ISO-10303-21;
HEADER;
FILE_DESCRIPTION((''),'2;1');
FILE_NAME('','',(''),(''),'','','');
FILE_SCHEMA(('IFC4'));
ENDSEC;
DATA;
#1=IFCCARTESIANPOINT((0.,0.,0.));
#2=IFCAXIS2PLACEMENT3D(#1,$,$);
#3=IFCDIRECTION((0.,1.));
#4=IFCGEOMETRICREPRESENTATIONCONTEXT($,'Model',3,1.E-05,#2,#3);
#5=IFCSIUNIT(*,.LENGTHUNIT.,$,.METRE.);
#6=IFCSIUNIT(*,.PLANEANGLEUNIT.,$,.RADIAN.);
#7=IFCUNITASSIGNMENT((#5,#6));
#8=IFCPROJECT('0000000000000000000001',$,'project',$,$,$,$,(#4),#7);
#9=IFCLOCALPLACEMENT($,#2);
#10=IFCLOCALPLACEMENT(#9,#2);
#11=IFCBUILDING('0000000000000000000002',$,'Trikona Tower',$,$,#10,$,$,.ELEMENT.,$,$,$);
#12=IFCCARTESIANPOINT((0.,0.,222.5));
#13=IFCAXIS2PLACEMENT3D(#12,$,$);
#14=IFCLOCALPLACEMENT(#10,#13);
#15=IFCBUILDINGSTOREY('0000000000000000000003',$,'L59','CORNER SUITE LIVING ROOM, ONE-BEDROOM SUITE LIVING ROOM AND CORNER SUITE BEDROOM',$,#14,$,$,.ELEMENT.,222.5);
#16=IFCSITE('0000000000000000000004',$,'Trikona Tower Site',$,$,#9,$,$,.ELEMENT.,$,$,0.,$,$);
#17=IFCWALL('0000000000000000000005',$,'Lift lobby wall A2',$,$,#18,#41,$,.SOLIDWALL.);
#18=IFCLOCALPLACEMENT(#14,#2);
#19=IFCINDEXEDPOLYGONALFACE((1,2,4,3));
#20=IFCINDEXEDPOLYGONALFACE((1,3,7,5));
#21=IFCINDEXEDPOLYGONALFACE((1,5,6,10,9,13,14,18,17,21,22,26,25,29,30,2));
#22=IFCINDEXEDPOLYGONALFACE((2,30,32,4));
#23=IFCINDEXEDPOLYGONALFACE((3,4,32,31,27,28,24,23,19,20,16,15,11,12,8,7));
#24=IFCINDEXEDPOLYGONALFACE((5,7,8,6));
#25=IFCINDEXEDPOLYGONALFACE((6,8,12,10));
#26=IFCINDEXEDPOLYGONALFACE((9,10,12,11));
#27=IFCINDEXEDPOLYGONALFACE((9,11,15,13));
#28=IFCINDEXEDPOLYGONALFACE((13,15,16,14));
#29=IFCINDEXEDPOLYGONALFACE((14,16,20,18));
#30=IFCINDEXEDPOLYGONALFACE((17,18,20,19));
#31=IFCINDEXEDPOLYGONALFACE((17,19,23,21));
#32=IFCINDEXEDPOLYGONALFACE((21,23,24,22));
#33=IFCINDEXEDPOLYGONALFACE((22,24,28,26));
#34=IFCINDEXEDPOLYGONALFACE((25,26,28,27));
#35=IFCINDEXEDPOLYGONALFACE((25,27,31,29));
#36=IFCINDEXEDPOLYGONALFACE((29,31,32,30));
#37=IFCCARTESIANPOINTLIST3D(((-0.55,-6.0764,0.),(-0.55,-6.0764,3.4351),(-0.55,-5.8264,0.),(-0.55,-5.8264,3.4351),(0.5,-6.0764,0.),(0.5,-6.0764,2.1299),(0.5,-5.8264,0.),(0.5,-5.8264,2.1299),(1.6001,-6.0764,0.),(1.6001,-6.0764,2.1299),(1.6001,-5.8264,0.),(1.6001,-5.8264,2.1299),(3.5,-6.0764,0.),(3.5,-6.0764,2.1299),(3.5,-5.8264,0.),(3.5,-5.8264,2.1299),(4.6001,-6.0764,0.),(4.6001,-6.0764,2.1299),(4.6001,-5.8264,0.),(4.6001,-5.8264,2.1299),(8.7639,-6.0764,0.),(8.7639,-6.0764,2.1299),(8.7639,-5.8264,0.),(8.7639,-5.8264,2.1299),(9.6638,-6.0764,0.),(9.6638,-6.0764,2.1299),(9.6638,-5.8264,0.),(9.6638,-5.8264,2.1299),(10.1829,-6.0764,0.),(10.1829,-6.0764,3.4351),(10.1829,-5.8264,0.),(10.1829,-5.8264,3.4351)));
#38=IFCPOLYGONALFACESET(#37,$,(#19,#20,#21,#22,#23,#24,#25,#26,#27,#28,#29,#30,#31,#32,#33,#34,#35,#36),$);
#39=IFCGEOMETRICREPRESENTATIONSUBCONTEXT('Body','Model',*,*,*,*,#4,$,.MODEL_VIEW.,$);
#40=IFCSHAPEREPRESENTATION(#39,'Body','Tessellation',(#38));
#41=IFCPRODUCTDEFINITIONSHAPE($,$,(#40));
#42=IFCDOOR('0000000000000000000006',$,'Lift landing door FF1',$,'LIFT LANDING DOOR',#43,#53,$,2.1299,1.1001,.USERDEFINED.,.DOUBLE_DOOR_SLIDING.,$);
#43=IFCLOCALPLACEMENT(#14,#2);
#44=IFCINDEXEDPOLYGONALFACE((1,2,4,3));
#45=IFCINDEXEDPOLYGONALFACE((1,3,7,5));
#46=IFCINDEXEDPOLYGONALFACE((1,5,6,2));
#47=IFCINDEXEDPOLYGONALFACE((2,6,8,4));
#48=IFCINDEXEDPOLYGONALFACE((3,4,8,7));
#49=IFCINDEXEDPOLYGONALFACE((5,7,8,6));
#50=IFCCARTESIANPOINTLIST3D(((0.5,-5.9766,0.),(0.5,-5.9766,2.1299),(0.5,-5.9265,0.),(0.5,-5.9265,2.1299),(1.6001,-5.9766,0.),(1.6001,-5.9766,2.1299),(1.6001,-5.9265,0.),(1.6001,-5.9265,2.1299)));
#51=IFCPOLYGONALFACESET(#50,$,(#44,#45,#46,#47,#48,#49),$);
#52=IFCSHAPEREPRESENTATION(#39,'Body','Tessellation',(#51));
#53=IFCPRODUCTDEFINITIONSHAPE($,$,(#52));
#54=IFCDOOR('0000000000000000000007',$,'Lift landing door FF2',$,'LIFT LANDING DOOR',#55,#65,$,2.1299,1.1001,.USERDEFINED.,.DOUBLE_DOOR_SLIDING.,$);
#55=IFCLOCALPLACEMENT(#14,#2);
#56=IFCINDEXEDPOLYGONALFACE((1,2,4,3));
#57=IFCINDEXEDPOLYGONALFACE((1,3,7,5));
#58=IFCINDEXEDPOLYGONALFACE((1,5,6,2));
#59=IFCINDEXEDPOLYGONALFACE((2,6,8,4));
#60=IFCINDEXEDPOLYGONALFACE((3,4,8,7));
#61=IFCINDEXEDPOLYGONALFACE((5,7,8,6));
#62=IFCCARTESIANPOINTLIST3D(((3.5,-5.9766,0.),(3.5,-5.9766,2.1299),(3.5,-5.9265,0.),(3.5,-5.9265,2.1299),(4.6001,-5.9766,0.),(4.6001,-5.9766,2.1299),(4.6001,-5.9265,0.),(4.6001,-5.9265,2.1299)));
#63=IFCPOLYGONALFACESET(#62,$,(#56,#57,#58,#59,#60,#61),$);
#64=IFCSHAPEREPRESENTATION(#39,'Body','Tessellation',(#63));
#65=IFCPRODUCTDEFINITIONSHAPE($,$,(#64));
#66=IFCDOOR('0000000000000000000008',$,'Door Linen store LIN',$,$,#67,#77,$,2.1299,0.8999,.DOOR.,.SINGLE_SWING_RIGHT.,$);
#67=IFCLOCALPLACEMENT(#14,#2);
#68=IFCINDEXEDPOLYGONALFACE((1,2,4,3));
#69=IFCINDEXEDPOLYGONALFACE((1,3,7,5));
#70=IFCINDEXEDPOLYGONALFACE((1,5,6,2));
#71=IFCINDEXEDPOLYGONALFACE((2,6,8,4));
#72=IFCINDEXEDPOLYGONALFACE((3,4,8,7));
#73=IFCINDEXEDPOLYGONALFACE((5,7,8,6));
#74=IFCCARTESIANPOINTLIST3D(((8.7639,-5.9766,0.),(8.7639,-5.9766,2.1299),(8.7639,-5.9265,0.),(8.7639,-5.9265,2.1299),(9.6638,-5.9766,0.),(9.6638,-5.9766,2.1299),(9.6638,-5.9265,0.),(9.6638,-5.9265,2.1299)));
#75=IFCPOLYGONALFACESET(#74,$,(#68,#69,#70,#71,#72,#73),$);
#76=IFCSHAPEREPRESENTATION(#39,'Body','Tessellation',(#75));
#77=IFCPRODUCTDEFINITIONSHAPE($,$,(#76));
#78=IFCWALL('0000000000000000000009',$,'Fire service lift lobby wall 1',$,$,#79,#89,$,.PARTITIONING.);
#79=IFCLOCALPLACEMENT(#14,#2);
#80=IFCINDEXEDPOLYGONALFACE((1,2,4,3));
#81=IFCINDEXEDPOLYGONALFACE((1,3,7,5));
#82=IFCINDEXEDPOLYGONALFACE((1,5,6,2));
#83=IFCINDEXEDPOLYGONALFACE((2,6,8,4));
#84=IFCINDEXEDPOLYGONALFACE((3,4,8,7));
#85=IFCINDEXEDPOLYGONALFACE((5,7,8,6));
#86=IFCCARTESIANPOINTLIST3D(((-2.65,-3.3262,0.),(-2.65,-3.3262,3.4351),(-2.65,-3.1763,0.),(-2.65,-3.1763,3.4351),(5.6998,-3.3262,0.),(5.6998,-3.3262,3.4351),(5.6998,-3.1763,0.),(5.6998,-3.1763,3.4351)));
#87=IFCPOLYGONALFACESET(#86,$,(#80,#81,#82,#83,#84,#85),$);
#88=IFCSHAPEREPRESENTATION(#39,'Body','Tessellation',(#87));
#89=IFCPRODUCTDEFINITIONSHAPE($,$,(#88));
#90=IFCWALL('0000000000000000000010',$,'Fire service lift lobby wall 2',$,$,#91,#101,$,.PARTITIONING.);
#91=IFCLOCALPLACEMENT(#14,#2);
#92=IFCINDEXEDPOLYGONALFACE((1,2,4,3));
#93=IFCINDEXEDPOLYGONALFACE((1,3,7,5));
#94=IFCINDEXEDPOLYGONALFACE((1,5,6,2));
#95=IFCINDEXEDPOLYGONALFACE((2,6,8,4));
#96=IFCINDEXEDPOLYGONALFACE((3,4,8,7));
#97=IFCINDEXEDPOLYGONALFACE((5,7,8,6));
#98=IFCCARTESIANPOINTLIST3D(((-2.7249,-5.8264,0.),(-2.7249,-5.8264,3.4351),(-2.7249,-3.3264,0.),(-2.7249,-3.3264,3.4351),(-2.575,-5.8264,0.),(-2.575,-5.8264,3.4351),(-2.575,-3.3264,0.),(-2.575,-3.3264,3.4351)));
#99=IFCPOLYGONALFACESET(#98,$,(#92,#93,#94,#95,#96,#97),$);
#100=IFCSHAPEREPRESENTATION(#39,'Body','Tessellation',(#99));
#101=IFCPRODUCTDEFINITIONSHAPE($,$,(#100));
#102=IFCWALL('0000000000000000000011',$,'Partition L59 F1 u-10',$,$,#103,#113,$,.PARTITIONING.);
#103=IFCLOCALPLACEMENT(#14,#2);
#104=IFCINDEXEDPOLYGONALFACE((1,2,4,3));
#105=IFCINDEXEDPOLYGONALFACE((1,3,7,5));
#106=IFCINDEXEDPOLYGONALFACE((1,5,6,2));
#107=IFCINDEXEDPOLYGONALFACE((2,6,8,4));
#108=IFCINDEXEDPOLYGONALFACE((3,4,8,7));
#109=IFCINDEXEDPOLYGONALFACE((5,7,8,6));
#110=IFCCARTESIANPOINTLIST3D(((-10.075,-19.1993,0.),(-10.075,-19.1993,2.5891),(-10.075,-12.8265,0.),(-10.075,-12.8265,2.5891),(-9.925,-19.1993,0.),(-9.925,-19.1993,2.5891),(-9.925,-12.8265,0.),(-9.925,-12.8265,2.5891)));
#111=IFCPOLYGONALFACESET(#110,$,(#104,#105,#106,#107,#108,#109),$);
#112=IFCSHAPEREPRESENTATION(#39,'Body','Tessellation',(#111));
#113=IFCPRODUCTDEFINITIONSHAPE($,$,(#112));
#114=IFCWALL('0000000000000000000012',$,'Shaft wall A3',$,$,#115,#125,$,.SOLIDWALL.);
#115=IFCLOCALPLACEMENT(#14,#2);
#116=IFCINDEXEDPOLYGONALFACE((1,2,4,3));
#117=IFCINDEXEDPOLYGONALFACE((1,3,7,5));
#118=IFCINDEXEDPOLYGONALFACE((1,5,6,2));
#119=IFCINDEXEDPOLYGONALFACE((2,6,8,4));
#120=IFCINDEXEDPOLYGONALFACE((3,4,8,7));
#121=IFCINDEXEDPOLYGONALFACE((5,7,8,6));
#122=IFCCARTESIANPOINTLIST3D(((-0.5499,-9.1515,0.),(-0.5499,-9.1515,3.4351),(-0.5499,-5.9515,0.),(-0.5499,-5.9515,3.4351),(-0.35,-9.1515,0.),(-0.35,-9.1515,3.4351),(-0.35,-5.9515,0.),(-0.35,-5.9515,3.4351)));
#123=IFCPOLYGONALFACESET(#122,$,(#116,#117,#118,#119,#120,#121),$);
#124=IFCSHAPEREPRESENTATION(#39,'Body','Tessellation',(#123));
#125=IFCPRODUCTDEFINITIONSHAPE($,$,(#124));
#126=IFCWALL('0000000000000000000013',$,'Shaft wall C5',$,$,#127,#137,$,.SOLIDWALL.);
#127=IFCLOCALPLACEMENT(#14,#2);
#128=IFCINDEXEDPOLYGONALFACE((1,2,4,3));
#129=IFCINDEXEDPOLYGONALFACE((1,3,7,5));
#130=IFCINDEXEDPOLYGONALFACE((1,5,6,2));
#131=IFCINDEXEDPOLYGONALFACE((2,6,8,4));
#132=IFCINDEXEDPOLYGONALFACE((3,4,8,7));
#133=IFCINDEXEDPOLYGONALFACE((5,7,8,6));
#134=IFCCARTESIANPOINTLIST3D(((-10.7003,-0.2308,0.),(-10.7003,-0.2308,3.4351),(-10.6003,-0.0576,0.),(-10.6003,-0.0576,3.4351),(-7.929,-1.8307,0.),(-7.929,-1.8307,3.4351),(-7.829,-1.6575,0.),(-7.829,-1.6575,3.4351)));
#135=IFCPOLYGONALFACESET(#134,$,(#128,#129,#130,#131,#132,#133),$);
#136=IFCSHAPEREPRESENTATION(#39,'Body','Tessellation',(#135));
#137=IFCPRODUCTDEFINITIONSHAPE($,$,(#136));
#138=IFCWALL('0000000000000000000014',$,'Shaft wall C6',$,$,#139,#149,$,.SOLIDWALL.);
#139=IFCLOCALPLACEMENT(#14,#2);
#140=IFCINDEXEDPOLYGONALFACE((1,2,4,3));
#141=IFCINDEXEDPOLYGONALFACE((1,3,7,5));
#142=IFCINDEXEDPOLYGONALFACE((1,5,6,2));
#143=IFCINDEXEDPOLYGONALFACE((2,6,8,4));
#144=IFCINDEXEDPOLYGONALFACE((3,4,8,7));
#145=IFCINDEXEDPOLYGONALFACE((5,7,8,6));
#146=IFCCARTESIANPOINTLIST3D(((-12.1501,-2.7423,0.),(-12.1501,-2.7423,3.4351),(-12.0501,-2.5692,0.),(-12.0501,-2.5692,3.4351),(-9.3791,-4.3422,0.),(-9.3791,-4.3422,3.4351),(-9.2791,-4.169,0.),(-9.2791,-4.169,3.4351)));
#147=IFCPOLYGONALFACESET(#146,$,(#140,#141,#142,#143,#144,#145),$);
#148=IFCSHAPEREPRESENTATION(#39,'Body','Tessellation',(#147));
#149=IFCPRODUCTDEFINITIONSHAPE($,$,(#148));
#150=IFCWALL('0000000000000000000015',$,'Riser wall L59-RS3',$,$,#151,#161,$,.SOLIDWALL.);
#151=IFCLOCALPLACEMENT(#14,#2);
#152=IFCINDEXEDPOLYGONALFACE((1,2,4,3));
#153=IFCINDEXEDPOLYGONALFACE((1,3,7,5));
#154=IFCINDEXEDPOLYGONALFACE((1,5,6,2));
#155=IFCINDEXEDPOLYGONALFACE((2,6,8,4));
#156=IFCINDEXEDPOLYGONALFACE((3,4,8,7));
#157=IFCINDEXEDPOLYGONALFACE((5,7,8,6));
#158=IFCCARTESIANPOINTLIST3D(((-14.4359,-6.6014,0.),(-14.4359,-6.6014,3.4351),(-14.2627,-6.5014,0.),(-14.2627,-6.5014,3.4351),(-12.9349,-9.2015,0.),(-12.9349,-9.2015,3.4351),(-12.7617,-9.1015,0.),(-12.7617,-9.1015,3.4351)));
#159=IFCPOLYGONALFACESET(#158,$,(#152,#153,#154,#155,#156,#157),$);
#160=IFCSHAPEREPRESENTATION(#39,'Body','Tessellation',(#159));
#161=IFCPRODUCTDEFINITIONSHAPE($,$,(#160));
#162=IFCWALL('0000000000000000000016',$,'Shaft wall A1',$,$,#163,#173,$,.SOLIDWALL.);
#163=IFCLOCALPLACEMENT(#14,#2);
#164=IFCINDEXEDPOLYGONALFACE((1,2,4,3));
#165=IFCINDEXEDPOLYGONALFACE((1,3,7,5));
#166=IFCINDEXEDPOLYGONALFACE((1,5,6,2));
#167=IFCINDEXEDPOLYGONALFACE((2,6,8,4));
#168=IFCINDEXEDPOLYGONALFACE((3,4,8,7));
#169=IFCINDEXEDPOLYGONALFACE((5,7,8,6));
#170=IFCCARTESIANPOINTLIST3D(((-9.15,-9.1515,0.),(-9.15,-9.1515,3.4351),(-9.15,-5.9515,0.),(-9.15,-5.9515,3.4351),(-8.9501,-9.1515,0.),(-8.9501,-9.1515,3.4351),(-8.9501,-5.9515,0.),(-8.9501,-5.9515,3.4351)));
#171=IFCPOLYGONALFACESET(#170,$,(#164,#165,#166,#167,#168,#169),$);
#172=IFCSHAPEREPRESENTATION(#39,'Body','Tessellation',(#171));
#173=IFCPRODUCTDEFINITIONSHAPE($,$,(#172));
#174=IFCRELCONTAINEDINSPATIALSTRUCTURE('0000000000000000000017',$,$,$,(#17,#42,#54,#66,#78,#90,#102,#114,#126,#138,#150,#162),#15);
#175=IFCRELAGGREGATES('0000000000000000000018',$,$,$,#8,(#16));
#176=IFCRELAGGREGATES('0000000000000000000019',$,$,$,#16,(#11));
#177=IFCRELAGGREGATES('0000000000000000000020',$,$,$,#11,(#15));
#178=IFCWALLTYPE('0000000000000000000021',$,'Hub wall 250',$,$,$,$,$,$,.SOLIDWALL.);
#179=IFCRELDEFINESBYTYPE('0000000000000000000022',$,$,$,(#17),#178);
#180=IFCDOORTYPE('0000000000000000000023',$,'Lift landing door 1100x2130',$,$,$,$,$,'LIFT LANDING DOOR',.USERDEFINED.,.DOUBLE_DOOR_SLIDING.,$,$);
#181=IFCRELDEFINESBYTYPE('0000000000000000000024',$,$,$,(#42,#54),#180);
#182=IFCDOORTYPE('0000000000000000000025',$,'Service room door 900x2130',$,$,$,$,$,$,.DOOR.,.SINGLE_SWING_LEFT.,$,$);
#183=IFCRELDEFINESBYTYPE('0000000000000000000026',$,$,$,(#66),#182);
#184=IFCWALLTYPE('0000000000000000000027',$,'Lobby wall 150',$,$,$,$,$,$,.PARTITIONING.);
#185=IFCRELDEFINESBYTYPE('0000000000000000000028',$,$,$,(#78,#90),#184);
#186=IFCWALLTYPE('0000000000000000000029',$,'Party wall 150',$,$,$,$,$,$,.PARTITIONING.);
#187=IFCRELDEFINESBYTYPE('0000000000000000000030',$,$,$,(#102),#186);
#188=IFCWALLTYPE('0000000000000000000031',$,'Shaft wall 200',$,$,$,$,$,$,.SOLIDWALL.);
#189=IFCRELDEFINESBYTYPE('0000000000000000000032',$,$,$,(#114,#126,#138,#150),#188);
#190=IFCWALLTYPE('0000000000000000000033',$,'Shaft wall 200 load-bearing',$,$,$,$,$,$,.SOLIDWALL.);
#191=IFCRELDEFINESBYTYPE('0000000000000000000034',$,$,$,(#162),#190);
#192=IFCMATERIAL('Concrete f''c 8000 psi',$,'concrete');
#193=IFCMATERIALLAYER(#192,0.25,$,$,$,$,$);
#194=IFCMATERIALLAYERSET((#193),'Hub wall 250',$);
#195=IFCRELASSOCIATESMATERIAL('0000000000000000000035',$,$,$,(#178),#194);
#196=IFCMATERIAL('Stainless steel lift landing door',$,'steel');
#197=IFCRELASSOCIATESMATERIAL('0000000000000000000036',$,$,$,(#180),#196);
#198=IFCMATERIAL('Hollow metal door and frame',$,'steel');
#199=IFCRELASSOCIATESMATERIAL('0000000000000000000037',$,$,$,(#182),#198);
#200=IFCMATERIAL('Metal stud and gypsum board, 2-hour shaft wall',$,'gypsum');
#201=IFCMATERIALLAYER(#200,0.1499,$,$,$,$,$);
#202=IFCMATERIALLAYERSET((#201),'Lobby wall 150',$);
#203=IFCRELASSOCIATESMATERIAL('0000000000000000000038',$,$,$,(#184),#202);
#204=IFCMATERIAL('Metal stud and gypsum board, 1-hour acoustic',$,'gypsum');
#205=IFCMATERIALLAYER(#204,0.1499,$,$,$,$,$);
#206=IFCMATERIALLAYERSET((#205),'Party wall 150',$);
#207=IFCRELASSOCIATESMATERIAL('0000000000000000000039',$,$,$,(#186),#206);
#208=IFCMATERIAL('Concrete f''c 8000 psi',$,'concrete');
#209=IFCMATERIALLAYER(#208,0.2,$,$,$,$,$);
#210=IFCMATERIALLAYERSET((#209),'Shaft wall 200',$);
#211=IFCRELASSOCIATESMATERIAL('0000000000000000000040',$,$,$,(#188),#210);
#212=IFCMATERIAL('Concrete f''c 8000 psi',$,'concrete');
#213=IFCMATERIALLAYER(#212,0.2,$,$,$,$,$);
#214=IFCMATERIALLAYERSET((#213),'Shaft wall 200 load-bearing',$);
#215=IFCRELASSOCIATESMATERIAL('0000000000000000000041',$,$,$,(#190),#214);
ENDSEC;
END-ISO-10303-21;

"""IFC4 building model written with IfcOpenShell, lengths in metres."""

from ifc_helpers import new_model, si_unit, direction, frame, frame_2d, origin, place, context, subcontext, project, spatial, rectangle, extrude, material, layer, layer_set, type_object, element, fill, save


model = new_model("IFC4")

# Units and contexts
model_context = context("Model", 3, precision=1e-05, world=origin(), true_north=direction((0.0, 1.0)))
body_context = subcontext(model_context, "Body", "Model", "MODEL_VIEW")
ifc_project = project(units=[si_unit("LENGTHUNIT", "METRE"), si_unit("PLANEANGLEUNIT", "RADIAN")], contexts=[model_context])

# Site, building, storey
site_placement = place(None, origin())
site = spatial("IfcSite", under=ifc_project, at=site_placement, Name="Trikona Tower Site", CompositionType="ELEMENT", RefElevation=0.0)
building_placement = place(site_placement, origin())
building = spatial("IfcBuilding", under=site, at=building_placement, Name="Trikona Tower", CompositionType="ELEMENT")
storey_placement = place(building_placement, frame((0.0, 0.0, 222.5)))
storey = spatial("IfcBuildingStorey", under=building, at=storey_placement, Name="L59", Description="CORNER SUITE LIVING ROOM, ONE-BEDROOM SUITE LIVING ROOM AND CORNER SUITE BEDROOM", CompositionType="ELEMENT", Elevation=222.5)

# Shared definitions
ifc_material_1 = material(Name="Concrete f'c 8000 psi", Category="concrete")
ifc_layer_1 = layer(ifc_material_1, 0.25)
ifc_layer_set_1 = layer_set([ifc_layer_1], Name="Hub wall 250")
wall_type_1 = type_object("IfcWallType", Name="Hub wall 250", PredefinedType="SOLIDWALL", material=ifc_layer_set_1)

# Wall, openings, doors
wall_1_placement = place(storey_placement, frame((-0.55, -5.9514, 0.0), z_axis=(0.0, 0.0, 1.0), x_axis=(1.0, 0.0, 0.0)))
wall_1 = element("IfcWall", 1, at=wall_1_placement, inside=storey, type_object=wall_type_1, Name="Lift lobby wall A2", PredefinedType="SOLIDWALL", context=body_context, shape_type="SweptSolid", body=[
    extrude(rectangle(XDim=10.7329, YDim=0.25, at=frame_2d((5.3665, 0.0))), origin(), (0.0, 0.0, 1.0), 3.4351),
])
opening_1_placement = place(wall_1_placement, frame((9.314, 0.0, 0.0)))
opening_1 = element("IfcOpeningElement", 2, at=opening_1_placement, cuts=wall_1, PredefinedType="OPENING", context=body_context, shape_type="SweptSolid", body=[
    extrude(rectangle(XDim=0.8999, YDim=2.1299, at=frame_2d((0.45, 1.0649))), frame((0.0, 0.135, 0.0), z_axis=(0.0, -1.0, 0.0), x_axis=(1.0, 0.0, 0.0)), (0.0, 0.0, 1.0), 0.27),
])
opening_2_placement = place(wall_1_placement, frame((1.05, 0.0, 0.0)))
opening_2 = element("IfcOpeningElement", 3, at=opening_2_placement, cuts=wall_1, PredefinedType="OPENING", context=body_context, shape_type="SweptSolid", body=[
    extrude(rectangle(XDim=1.1001, YDim=2.1299, at=frame_2d((0.55, 1.0649))), frame((0.0, 0.135, 0.0), z_axis=(0.0, -1.0, 0.0), x_axis=(1.0, 0.0, 0.0)), (0.0, 0.0, 1.0), 0.27),
])
opening_3_placement = place(wall_1_placement, frame((4.05, 0.0, 0.0)))
opening_3 = element("IfcOpeningElement", 4, at=opening_3_placement, cuts=wall_1, PredefinedType="OPENING", context=body_context, shape_type="SweptSolid", body=[
    extrude(rectangle(XDim=1.1001, YDim=2.1299, at=frame_2d((0.55, 1.0649))), frame((0.0, 0.135, 0.0), z_axis=(0.0, -1.0, 0.0), x_axis=(1.0, 0.0, 0.0)), (0.0, 0.0, 1.0), 0.27),
])
ifc_material_2 = material(Name="Stainless steel lift landing door", Category="steel")
door_type_1 = type_object("IfcDoorType", Name="Lift landing door 1100x2130", ElementType="LIFT LANDING DOOR", OperationType="DOUBLE_DOOR_SLIDING", PredefinedType="USERDEFINED", material=ifc_material_2)
door_1_placement = place(opening_2_placement, origin())
door_1 = element("IfcDoor", 5, at=door_1_placement, inside=storey, type_object=door_type_1, Name="Lift landing door FF1", ObjectType="LIFT LANDING DOOR", OperationType="DOUBLE_DOOR_SLIDING", OverallHeight=2.1299, OverallWidth=1.1001, PredefinedType="USERDEFINED", context=body_context, shape_type="SweptSolid", body=[
    extrude(rectangle(XDim=1.1001, YDim=2.1299, at=frame_2d((0.55, 1.0649))), frame((0.0, 0.0249, 0.0), z_axis=(0.0, -1.0, 0.0), x_axis=(1.0, 0.0, 0.0)), (0.0, 0.0, 1.0), 0.05),
])
fill(opening_2, door_1)
door_2_placement = place(opening_3_placement, origin())
door_2 = element("IfcDoor", 6, at=door_2_placement, inside=storey, type_object=door_type_1, Name="Lift landing door FF2", ObjectType="LIFT LANDING DOOR", OperationType="DOUBLE_DOOR_SLIDING", OverallHeight=2.1299, OverallWidth=1.1001, PredefinedType="USERDEFINED", context=body_context, shape_type="SweptSolid", body=[
    extrude(rectangle(XDim=1.1001, YDim=2.1299, at=frame_2d((0.55, 1.0649))), frame((0.0, 0.0249, 0.0), z_axis=(0.0, -1.0, 0.0), x_axis=(1.0, 0.0, 0.0)), (0.0, 0.0, 1.0), 0.05),
])
fill(opening_3, door_2)
ifc_material_3 = material(Name="Hollow metal door and frame", Category="steel")
door_type_2 = type_object("IfcDoorType", Name="Service room door 900x2130", OperationType="SINGLE_SWING_LEFT", PredefinedType="DOOR", material=ifc_material_3)
door_3_placement = place(opening_1_placement, origin())
door_3 = element("IfcDoor", 7, at=door_3_placement, inside=storey, type_object=door_type_2, Name="Door Linen store LIN", OperationType="SINGLE_SWING_RIGHT", OverallHeight=2.1299, OverallWidth=0.8999, PredefinedType="DOOR", context=body_context, shape_type="SweptSolid", body=[
    extrude(rectangle(XDim=0.8999, YDim=2.1299, at=frame_2d((0.45, 1.0649))), frame((0.0, 0.0249, 0.0), z_axis=(0.0, -1.0, 0.0), x_axis=(1.0, 0.0, 0.0)), (0.0, 0.0, 1.0), 0.05),
])
fill(opening_1, door_3)

# Walls
ifc_material_4 = material(Name="Metal stud and gypsum board, 2-hour shaft wall", Category="gypsum")
ifc_layer_2 = layer(ifc_material_4, 0.1499)
ifc_layer_set_2 = layer_set([ifc_layer_2], Name="Lobby wall 150")
wall_type_2 = type_object("IfcWallType", Name="Lobby wall 150", PredefinedType="PARTITIONING", material=ifc_layer_set_2)
wall_2_placement = place(storey_placement, frame((-2.6499, -3.2512, 0.0), z_axis=(0.0, 0.0, 1.0), x_axis=(1.0, 0.0, 0.0)))
element("IfcWall", 8, at=wall_2_placement, inside=storey, type_object=wall_type_2, Name="Fire service lift lobby wall 1", PredefinedType="PARTITIONING", context=body_context, shape_type="SweptSolid", body=[
    extrude(rectangle(XDim=8.3499, YDim=0.1499, at=frame_2d((4.1748, 0.0))), origin(), (0.0, 0.0, 1.0), 3.4351),
])
wall_3_placement = place(storey_placement, frame((-2.6499, -5.8264, 0.0), z_axis=(0.0, 0.0, 1.0), x_axis=(0.0, 1.0, 0.0)))
element("IfcWall", 9, at=wall_3_placement, inside=storey, type_object=wall_type_2, Name="Fire service lift lobby wall 2", PredefinedType="PARTITIONING", context=body_context, shape_type="SweptSolid", body=[
    extrude(rectangle(XDim=2.5, YDim=0.1499, at=frame_2d((1.25, 0.0))), origin(), (0.0, 0.0, 1.0), 3.4351),
])
ifc_material_5 = material(Name="Metal stud and gypsum board, 1-hour acoustic", Category="gypsum")
ifc_layer_3 = layer(ifc_material_5, 0.1499)
ifc_layer_set_3 = layer_set([ifc_layer_3], Name="Party wall 150")
wall_type_3 = type_object("IfcWallType", Name="Party wall 150", PredefinedType="PARTITIONING", material=ifc_layer_set_3)
wall_4_placement = place(storey_placement, frame((-10.0, -12.8264, 0.0), z_axis=(0.0, 0.0, 1.0), x_axis=(0.0, -1.0, 0.0)))
element("IfcWall", 10, at=wall_4_placement, inside=storey, type_object=wall_type_3, Name="Partition L59 F1 u-10", PredefinedType="PARTITIONING", context=body_context, shape_type="SweptSolid", body=[
    extrude(rectangle(XDim=6.3728, YDim=0.1499, at=frame_2d((3.1865, 0.0))), origin(), (0.0, 0.0, 1.0), 2.5891),
])
ifc_material_6 = material(Name="Concrete f'c 8000 psi", Category="concrete")
ifc_layer_4 = layer(ifc_material_6, 0.2)
ifc_layer_set_4 = layer_set([ifc_layer_4], Name="Shaft wall 200")
wall_type_4 = type_object("IfcWallType", Name="Shaft wall 200", PredefinedType="SOLIDWALL", material=ifc_layer_set_4)
for number, where, z_axis, x_axis, name in (
    (11, (-0.45, -5.9514, 0.0), (0.0, 0.0, 1.0), (0.0, -1.0, 0.0), "Shaft wall A3"),
    (12, (-7.8789, -1.7441, 0.0), (0.0, 0.0, 1.0), (-0.866042, 0.499971, 0.0), "Shaft wall C5"),
):
    element("IfcWall", number, at=place(storey_placement, frame(where, z_axis=z_axis, x_axis=x_axis)), inside=storey, type_object=wall_type_4, Name=name, PredefinedType="SOLIDWALL", context=body_context, shape_type="SweptSolid", body=[
        extrude(rectangle(XDim=3.2, YDim=0.2, at=frame_2d((1.6001, 0.0))), origin(), (0.0, 0.0, 1.0), 3.4351),
    ])
wall_5_placement = place(storey_placement, frame((-9.3291, -4.2556, 0.0), z_axis=(0.0, 0.0, 1.0), x_axis=(-0.866023, 0.500004, 0.0)))
element("IfcWall", 13, at=wall_5_placement, inside=storey, type_object=wall_type_4, Name="Shaft wall C6", PredefinedType="SOLIDWALL", context=body_context, shape_type="SweptSolid", body=[
    extrude(rectangle(XDim=3.1997, YDim=0.2, at=frame_2d((1.5999, 0.0))), origin(), (0.0, 0.0, 1.0), 3.4351),
])
wall_6_placement = place(storey_placement, frame((-12.8484, -9.1514, 0.0), z_axis=(0.0, 0.0, 1.0), x_axis=(-0.499952, 0.866053, 0.0)))
element("IfcWall", 14, at=wall_6_placement, inside=storey, type_object=wall_type_4, Name="Riser wall L59-RS3", PredefinedType="SOLIDWALL", context=body_context, shape_type="SweptSolid", body=[
    extrude(rectangle(XDim=3.0022, YDim=0.2, at=frame_2d((1.501, 0.0))), origin(), (0.0, 0.0, 1.0), 3.4351),
])
ifc_material_7 = material(Name="Concrete f'c 8000 psi", Category="concrete")
ifc_layer_5 = layer(ifc_material_7, 0.2)
ifc_layer_set_5 = layer_set([ifc_layer_5], Name="Shaft wall 200 load-bearing")
wall_type_5 = type_object("IfcWallType", Name="Shaft wall 200 load-bearing", PredefinedType="SOLIDWALL", material=ifc_layer_set_5)
wall_7_placement = place(storey_placement, frame((-9.05, -5.9514, 0.0), z_axis=(0.0, 0.0, 1.0), x_axis=(0.0, -1.0, 0.0)))
element("IfcWall", 15, at=wall_7_placement, inside=storey, type_object=wall_type_5, Name="Shaft wall A1", PredefinedType="SOLIDWALL", context=body_context, shape_type="SweptSolid", body=[
    extrude(rectangle(XDim=3.2, YDim=0.2, at=frame_2d((1.6001, 0.0))), origin(), (0.0, 0.0, 1.0), 3.4351),
])

save(model, "model.ifc")
